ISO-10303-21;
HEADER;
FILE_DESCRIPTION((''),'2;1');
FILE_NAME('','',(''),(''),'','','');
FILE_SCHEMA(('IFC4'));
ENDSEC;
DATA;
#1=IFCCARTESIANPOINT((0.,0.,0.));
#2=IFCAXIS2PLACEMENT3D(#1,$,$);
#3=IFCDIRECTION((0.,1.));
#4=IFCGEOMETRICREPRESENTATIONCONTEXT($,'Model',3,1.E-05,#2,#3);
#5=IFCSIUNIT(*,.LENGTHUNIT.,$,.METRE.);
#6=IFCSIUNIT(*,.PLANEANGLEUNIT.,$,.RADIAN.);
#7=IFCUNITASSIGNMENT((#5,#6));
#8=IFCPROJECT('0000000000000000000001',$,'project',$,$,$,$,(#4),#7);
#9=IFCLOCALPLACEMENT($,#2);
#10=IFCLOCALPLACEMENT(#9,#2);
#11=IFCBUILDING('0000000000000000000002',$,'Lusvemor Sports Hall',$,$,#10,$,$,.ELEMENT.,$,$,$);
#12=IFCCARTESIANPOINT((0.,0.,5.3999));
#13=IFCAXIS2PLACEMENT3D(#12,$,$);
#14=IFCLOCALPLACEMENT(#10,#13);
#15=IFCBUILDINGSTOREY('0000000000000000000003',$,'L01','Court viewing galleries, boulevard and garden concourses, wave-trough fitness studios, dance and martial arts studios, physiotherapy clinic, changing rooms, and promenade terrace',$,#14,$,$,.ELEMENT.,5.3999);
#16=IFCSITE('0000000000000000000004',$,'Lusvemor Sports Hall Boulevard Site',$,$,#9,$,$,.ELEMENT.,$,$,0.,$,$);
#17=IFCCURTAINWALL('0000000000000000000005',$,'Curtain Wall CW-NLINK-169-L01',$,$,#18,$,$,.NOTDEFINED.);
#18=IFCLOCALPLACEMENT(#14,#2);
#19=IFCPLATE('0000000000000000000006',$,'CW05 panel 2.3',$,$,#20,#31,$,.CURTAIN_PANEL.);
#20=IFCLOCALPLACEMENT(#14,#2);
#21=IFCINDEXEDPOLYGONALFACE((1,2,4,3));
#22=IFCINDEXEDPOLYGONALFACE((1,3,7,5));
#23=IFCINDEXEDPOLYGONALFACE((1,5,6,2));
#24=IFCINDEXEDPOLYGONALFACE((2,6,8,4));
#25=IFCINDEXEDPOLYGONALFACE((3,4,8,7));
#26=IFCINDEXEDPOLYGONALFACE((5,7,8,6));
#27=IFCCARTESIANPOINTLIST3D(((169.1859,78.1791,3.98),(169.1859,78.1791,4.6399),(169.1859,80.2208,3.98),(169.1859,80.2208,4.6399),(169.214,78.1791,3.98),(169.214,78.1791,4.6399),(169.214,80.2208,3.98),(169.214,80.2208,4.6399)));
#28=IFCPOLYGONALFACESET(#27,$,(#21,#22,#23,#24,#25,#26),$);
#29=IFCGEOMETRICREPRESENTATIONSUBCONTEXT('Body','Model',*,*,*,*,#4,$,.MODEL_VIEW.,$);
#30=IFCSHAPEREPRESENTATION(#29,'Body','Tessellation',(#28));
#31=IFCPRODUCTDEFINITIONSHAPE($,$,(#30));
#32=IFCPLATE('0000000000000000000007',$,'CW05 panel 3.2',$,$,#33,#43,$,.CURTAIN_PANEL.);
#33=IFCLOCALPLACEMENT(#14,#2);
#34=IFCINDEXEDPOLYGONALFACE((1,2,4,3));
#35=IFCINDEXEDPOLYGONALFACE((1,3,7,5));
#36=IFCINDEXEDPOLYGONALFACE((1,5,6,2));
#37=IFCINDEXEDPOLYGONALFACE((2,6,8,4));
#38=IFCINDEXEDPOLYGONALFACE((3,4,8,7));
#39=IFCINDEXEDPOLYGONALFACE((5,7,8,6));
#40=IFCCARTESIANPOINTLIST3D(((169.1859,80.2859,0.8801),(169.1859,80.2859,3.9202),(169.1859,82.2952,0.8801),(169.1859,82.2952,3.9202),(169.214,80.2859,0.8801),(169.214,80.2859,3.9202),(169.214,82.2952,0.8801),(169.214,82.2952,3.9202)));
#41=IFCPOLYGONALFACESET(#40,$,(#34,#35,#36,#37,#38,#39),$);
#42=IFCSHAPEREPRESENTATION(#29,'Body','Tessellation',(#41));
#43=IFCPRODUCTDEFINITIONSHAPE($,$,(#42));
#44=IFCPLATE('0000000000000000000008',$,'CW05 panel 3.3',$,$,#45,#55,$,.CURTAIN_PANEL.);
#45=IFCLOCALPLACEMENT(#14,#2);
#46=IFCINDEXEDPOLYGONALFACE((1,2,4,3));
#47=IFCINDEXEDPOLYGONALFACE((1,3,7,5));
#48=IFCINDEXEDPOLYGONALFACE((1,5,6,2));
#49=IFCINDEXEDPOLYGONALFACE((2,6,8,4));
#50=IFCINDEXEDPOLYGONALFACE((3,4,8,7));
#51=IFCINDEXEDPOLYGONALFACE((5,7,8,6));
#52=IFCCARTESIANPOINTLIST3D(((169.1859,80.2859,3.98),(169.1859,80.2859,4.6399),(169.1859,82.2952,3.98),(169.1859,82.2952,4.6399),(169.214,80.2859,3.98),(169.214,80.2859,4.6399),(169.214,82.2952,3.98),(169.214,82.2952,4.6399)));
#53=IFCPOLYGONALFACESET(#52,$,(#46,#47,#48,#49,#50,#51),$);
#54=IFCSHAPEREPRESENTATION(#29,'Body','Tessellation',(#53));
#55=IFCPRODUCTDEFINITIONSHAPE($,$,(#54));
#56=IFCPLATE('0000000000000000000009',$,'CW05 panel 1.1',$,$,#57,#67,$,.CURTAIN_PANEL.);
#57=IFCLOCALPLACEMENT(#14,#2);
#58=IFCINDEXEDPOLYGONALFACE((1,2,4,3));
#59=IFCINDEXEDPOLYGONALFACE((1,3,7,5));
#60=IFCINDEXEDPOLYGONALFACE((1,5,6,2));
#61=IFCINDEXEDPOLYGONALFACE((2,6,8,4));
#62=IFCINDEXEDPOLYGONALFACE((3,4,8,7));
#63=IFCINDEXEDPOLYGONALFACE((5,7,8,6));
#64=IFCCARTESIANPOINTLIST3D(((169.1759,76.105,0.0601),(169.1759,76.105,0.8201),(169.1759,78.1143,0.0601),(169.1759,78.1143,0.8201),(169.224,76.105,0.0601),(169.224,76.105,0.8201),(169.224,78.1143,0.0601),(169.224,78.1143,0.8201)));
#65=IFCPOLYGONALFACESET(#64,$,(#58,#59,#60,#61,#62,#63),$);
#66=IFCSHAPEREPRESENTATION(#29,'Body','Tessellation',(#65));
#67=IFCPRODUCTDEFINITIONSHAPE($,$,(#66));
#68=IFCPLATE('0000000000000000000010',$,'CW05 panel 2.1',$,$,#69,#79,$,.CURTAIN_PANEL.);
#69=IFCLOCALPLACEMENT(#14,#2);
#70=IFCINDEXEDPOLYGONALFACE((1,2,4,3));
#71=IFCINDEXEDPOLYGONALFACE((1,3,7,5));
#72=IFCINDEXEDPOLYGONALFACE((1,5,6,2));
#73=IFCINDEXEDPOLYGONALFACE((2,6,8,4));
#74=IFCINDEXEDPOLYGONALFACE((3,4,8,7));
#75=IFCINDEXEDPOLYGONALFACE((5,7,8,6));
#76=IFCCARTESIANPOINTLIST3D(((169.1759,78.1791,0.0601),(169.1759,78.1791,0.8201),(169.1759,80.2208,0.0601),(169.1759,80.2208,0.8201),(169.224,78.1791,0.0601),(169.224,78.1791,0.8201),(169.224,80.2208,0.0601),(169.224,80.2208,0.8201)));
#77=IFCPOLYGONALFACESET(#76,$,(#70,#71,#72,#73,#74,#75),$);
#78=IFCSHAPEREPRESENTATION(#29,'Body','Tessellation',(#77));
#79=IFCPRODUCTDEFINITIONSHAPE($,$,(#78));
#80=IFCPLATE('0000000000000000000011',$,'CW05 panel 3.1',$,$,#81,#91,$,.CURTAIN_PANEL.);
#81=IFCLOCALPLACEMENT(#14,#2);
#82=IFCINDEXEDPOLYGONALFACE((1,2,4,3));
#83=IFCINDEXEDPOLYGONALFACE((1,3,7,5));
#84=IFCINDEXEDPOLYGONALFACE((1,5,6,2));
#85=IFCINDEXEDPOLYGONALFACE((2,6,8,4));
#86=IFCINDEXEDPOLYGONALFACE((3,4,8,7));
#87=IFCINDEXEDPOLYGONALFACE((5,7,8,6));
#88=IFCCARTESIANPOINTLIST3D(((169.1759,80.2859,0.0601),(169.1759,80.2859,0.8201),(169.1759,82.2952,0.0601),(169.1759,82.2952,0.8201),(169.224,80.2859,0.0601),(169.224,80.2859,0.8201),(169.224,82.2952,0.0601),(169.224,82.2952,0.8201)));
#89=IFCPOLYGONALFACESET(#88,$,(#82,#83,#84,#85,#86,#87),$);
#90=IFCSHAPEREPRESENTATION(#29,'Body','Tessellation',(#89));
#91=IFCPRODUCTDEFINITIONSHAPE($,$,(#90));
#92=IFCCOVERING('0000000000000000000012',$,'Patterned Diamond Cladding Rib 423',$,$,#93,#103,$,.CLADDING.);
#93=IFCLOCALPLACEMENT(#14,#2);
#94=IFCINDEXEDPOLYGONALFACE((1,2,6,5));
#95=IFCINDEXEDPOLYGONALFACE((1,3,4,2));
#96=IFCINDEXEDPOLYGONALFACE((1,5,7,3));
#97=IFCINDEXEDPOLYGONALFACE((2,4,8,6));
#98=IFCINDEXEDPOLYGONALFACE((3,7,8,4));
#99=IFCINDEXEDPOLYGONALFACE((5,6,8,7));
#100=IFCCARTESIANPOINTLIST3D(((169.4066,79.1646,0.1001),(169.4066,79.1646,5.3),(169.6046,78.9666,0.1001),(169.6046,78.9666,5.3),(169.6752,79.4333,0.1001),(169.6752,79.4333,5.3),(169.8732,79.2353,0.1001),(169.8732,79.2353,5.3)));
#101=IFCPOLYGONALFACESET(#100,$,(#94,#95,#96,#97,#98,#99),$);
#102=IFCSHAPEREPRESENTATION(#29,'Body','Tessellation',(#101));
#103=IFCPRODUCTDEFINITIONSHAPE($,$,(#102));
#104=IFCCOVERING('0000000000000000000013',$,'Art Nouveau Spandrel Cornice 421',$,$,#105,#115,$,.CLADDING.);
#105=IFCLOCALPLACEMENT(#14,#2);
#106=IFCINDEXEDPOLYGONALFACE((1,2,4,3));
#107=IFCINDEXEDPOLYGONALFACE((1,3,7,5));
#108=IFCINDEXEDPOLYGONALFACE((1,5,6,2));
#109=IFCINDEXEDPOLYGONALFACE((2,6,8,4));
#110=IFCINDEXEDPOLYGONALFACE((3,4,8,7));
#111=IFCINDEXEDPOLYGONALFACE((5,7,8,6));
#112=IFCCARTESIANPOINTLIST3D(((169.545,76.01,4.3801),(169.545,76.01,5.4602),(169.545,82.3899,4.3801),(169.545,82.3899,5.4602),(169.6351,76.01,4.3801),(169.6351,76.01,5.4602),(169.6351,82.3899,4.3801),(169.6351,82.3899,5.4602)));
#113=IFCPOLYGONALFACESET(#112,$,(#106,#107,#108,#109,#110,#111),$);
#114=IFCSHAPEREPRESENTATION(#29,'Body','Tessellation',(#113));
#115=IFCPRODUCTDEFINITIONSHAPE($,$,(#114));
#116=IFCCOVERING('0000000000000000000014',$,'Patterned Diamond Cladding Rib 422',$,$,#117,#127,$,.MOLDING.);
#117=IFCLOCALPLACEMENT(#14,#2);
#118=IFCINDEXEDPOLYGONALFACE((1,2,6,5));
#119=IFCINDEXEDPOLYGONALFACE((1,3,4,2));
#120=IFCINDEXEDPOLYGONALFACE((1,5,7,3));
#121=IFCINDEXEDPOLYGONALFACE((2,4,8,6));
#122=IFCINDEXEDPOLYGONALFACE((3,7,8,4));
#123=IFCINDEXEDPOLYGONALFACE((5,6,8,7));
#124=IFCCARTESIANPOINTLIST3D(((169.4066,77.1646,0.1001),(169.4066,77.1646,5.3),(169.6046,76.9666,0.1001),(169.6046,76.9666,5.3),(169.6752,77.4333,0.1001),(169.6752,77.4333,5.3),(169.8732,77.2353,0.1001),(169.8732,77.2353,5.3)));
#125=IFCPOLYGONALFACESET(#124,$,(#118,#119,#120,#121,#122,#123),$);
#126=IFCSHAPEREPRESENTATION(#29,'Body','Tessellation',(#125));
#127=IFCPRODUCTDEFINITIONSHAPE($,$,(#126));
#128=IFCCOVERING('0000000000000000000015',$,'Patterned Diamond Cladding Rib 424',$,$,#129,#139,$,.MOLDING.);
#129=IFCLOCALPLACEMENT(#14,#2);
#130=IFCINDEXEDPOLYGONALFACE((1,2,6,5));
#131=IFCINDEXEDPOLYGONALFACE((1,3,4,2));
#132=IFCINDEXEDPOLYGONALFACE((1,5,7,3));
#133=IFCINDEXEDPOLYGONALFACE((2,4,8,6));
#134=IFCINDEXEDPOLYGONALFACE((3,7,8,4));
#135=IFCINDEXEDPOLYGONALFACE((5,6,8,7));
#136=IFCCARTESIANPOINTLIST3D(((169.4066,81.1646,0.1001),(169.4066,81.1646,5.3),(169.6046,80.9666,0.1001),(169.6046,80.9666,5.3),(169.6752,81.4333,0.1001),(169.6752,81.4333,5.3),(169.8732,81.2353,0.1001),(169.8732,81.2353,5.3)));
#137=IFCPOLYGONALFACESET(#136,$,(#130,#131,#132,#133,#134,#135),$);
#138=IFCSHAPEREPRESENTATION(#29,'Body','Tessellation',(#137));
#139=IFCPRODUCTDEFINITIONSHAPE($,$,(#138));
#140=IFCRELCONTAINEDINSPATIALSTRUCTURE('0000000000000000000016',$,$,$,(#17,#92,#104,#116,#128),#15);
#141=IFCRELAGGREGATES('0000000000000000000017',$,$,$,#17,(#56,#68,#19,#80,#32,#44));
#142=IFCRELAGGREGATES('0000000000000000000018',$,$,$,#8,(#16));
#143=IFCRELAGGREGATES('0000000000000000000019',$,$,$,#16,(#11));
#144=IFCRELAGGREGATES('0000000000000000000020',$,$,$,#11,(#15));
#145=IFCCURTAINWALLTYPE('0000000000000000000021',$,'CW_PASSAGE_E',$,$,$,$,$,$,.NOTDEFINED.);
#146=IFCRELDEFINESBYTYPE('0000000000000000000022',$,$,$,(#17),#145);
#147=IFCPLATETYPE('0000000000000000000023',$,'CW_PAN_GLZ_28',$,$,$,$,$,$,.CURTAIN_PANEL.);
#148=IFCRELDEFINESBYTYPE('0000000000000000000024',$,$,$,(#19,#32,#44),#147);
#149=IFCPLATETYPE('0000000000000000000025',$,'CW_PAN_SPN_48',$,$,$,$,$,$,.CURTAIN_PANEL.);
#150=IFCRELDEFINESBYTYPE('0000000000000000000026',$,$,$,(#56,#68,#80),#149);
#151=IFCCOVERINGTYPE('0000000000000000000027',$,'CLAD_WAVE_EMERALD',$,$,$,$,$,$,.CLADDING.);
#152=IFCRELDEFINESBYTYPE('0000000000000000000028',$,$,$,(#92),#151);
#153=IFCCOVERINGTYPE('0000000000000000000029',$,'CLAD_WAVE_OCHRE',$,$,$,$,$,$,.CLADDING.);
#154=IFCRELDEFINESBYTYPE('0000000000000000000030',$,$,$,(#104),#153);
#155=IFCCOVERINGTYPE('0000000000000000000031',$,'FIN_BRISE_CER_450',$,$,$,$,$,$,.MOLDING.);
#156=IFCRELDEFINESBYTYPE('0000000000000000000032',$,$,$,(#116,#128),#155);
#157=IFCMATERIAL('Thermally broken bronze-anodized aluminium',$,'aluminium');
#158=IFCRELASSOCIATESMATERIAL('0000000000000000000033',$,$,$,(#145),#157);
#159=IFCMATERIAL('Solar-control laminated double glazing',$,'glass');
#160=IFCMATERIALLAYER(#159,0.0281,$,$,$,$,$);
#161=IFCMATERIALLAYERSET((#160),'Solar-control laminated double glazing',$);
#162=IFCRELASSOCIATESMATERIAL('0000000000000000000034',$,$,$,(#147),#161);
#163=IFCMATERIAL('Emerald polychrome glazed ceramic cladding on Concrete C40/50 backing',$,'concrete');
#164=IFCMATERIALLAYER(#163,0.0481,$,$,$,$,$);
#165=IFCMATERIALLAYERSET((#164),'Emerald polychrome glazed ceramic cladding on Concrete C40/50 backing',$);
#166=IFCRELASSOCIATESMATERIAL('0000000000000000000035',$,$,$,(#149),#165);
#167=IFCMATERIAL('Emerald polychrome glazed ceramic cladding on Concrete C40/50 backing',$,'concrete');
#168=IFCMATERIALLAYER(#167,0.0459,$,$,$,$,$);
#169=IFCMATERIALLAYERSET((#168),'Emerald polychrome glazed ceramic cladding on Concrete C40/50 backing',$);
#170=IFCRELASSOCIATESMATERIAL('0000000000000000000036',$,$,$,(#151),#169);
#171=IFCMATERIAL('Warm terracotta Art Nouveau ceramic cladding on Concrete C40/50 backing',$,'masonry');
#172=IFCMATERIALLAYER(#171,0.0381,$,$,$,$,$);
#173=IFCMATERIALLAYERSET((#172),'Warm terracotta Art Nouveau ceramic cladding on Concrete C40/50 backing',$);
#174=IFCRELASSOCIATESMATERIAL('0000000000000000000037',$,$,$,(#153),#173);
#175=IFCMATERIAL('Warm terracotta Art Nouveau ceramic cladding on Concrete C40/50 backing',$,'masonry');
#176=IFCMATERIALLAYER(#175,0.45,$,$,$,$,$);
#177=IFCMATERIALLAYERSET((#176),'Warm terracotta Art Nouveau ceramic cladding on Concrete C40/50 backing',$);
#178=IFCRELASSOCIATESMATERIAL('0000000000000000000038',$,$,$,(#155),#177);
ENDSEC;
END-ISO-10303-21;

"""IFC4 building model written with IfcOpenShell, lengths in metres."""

from ifc_helpers import new_model, si_unit, direction, frame, origin, origin_2d, place, context, subcontext, project, spatial, rectangle, extrude, material, layer, layer_set, type_object, element, aggregate, save


model = new_model("IFC4")

# Units and contexts
model_context = context("Model", 3, precision=1e-05, world=origin(), true_north=direction((0.0, 1.0)))
body_context = subcontext(model_context, "Body", "Model", "MODEL_VIEW")
ifc_project = project(units=[si_unit("LENGTHUNIT", "METRE"), si_unit("PLANEANGLEUNIT", "RADIAN")], contexts=[model_context])

# Site, building, storey
site_placement = place(None, origin())
site = spatial("IfcSite", under=ifc_project, at=site_placement, Name="Lusvemor Sports Hall Boulevard Site", CompositionType="ELEMENT", RefElevation=0.0)
building_placement = place(site_placement, origin())
building = spatial("IfcBuilding", under=site, at=building_placement, Name="Lusvemor Sports Hall", CompositionType="ELEMENT")
storey_placement = place(building_placement, frame((0.0, 0.0, 5.3999)))
storey = spatial("IfcBuildingStorey", under=building, at=storey_placement, Name="L01", Description="Court viewing galleries, boulevard and garden concourses, wave-trough fitness studios, dance and martial arts studios, physiotherapy clinic, changing rooms, and promenade terrace", CompositionType="ELEMENT", Elevation=5.3999)

# Curtain wall
ifc_material_1 = material(Name="Thermally broken bronze-anodized aluminium", Category="aluminium")
curtain_wall_type = type_object("IfcCurtainWallType", Name="CW_PASSAGE_E", PredefinedType="NOTDEFINED", material=ifc_material_1)
curtain_wall_placement = place(storey_placement, origin())
curtain_wall = element("IfcCurtainWall", 1, at=curtain_wall_placement, inside=storey, type_object=curtain_wall_type, Name="Curtain Wall CW-NLINK-169-L01", PredefinedType="NOTDEFINED")

# Plates
ifc_material_2 = material(Name="Solar-control laminated double glazing", Category="glass")
ifc_layer_1 = layer(ifc_material_2, 0.0281)
ifc_layer_set_1 = layer_set([ifc_layer_1], Name="Solar-control laminated double glazing")
plate_type_1 = type_object("IfcPlateType", Name="CW_PAN_GLZ_28", PredefinedType="CURTAIN_PANEL", material=ifc_layer_set_1)
plate_1_placement = place(storey_placement, frame((169.2, 79.2, 3.98), z_axis=(0.0, 0.0, 1.0), x_axis=(0.0, 1.0, 0.0)))
plate_1 = element("IfcPlate", 2, at=plate_1_placement, type_object=plate_type_1, Name="CW05 panel 2.3", PredefinedType="CURTAIN_PANEL", context=body_context, shape_type="SweptSolid", body=[
    extrude(rectangle(XDim=2.0417, YDim=0.0281, at=origin_2d()), origin(), (0.0, 0.0, 1.0), 0.6599),
])
plate_2_placement = place(storey_placement, frame((169.2, 81.2905, 0.8801), z_axis=(0.0, 0.0, 1.0), x_axis=(0.0, 1.0, 0.0)))
plate_2 = element("IfcPlate", 3, at=plate_2_placement, type_object=plate_type_1, Name="CW05 panel 3.2", PredefinedType="CURTAIN_PANEL", context=body_context, shape_type="SweptSolid", body=[
    extrude(rectangle(XDim=2.0093, YDim=0.0281, at=origin_2d()), origin(), (0.0, 0.0, 1.0), 3.04),
])
plate_3_placement = place(storey_placement, frame((169.2, 81.2905, 3.98), z_axis=(0.0, 0.0, 1.0), x_axis=(0.0, 1.0, 0.0)))
plate_3 = element("IfcPlate", 4, at=plate_3_placement, type_object=plate_type_1, Name="CW05 panel 3.3", PredefinedType="CURTAIN_PANEL", context=body_context, shape_type="SweptSolid", body=[
    extrude(rectangle(XDim=2.0093, YDim=0.0281, at=origin_2d()), origin(), (0.0, 0.0, 1.0), 0.6599),
])
ifc_material_3 = material(Name="Emerald polychrome glazed ceramic cladding on Concrete C40/50 backing", Category="concrete")
ifc_layer_2 = layer(ifc_material_3, 0.0481)
ifc_layer_set_2 = layer_set([ifc_layer_2], Name="Emerald polychrome glazed ceramic cladding on Concrete C40/50 backing")
plate_type_2 = type_object("IfcPlateType", Name="CW_PAN_SPN_48", PredefinedType="CURTAIN_PANEL", material=ifc_layer_set_2)
plate_4_placement = place(storey_placement, frame((169.2, 77.1096, 0.0601), z_axis=(0.0, 0.0, 1.0), x_axis=(0.0, 1.0, 0.0)))
plate_4 = element("IfcPlate", 5, at=plate_4_placement, type_object=plate_type_2, Name="CW05 panel 1.1", PredefinedType="CURTAIN_PANEL", context=body_context, shape_type="SweptSolid", body=[
    extrude(rectangle(XDim=2.0093, YDim=0.0481, at=origin_2d()), origin(), (0.0, 0.0, 1.0), 0.76),
])
plate_5_placement = place(storey_placement, frame((169.2, 79.2, 0.0601), z_axis=(0.0, 0.0, 1.0), x_axis=(0.0, 1.0, 0.0)))
plate_5 = element("IfcPlate", 6, at=plate_5_placement, type_object=plate_type_2, Name="CW05 panel 2.1", PredefinedType="CURTAIN_PANEL", context=body_context, shape_type="SweptSolid", body=[
    extrude(rectangle(XDim=2.0417, YDim=0.0481, at=origin_2d()), origin(), (0.0, 0.0, 1.0), 0.76),
])
plate_6_placement = place(storey_placement, frame((169.2, 81.2905, 0.0601), z_axis=(0.0, 0.0, 1.0), x_axis=(0.0, 1.0, 0.0)))
plate_6 = element("IfcPlate", 7, at=plate_6_placement, type_object=plate_type_2, Name="CW05 panel 3.1", PredefinedType="CURTAIN_PANEL", context=body_context, shape_type="SweptSolid", body=[
    extrude(rectangle(XDim=2.0093, YDim=0.0481, at=origin_2d()), origin(), (0.0, 0.0, 1.0), 0.76),
])
aggregate(curtain_wall, [plate_4, plate_5, plate_1, plate_6, plate_2, plate_3])

# Coverings
ifc_material_4 = material(Name="Emerald polychrome glazed ceramic cladding on Concrete C40/50 backing", Category="concrete")
ifc_layer_3 = layer(ifc_material_4, 0.0459)
ifc_layer_set_3 = layer_set([ifc_layer_3], Name="Emerald polychrome glazed ceramic cladding on Concrete C40/50 backing")
covering_type_1 = type_object("IfcCoveringType", Name="CLAD_WAVE_EMERALD", PredefinedType="CLADDING", material=ifc_layer_set_3)
covering_1_placement = place(storey_placement, frame((169.6399, 79.2, 0.1001), z_axis=(0.0, 0.0, 1.0), x_axis=(0.707107, 0.707107, 0.0)))
element("IfcCovering", 8, at=covering_1_placement, inside=storey, type_object=covering_type_1, Name="Patterned Diamond Cladding Rib 423", PredefinedType="CLADDING", context=body_context, shape_type="SweptSolid", body=[
    extrude(rectangle(XDim=0.3799, YDim=0.28, at=origin_2d()), origin(), (0.0, 0.0, 1.0), 5.2),
])
ifc_material_5 = material(Name="Warm terracotta Art Nouveau ceramic cladding on Concrete C40/50 backing", Category="masonry")
ifc_layer_4 = layer(ifc_material_5, 0.0381)
ifc_layer_set_4 = layer_set([ifc_layer_4], Name="Warm terracotta Art Nouveau ceramic cladding on Concrete C40/50 backing")
covering_type_2 = type_object("IfcCoveringType", Name="CLAD_WAVE_OCHRE", PredefinedType="CLADDING", material=ifc_layer_set_4)
covering_2_placement = place(storey_placement, frame((169.5901, 79.2, 4.3801), z_axis=(0.0, 0.0, 1.0), x_axis=(1.0, 0.0, 0.0)))
element("IfcCovering", 9, at=covering_2_placement, inside=storey, type_object=covering_type_2, Name="Art Nouveau Spandrel Cornice 421", PredefinedType="CLADDING", context=body_context, shape_type="SweptSolid", body=[
    extrude(rectangle(XDim=0.0901, YDim=6.3799, at=origin_2d()), origin(), (0.0, 0.0, 1.0), 1.0801),
])
ifc_material_6 = material(Name="Warm terracotta Art Nouveau ceramic cladding on Concrete C40/50 backing", Category="masonry")
ifc_layer_5 = layer(ifc_material_6, 0.45)
ifc_layer_set_5 = layer_set([ifc_layer_5], Name="Warm terracotta Art Nouveau ceramic cladding on Concrete C40/50 backing")
covering_type_3 = type_object("IfcCoveringType", Name="FIN_BRISE_CER_450", PredefinedType="MOLDING", material=ifc_layer_set_5)
for number, where, z_axis, x_axis, name in (
    (10, (169.6399, 77.2, 0.1001), (0.0, 0.0, 1.0), (0.707107, 0.707107, 0.0), "Patterned Diamond Cladding Rib 422"),
    (11, (169.6399, 81.2, 0.1001), (0.0, 0.0, 1.0), (0.707107, 0.707107, 0.0), "Patterned Diamond Cladding Rib 424"),
):
    element("IfcCovering", number, at=place(storey_placement, frame(where, z_axis=z_axis, x_axis=x_axis)), inside=storey, type_object=covering_type_3, Name=name, PredefinedType="MOLDING", context=body_context, shape_type="SweptSolid", body=[
        extrude(rectangle(XDim=0.3799, YDim=0.28, at=origin_2d()), origin(), (0.0, 0.0, 1.0), 5.2),
    ])

save(model, "model.ifc")
